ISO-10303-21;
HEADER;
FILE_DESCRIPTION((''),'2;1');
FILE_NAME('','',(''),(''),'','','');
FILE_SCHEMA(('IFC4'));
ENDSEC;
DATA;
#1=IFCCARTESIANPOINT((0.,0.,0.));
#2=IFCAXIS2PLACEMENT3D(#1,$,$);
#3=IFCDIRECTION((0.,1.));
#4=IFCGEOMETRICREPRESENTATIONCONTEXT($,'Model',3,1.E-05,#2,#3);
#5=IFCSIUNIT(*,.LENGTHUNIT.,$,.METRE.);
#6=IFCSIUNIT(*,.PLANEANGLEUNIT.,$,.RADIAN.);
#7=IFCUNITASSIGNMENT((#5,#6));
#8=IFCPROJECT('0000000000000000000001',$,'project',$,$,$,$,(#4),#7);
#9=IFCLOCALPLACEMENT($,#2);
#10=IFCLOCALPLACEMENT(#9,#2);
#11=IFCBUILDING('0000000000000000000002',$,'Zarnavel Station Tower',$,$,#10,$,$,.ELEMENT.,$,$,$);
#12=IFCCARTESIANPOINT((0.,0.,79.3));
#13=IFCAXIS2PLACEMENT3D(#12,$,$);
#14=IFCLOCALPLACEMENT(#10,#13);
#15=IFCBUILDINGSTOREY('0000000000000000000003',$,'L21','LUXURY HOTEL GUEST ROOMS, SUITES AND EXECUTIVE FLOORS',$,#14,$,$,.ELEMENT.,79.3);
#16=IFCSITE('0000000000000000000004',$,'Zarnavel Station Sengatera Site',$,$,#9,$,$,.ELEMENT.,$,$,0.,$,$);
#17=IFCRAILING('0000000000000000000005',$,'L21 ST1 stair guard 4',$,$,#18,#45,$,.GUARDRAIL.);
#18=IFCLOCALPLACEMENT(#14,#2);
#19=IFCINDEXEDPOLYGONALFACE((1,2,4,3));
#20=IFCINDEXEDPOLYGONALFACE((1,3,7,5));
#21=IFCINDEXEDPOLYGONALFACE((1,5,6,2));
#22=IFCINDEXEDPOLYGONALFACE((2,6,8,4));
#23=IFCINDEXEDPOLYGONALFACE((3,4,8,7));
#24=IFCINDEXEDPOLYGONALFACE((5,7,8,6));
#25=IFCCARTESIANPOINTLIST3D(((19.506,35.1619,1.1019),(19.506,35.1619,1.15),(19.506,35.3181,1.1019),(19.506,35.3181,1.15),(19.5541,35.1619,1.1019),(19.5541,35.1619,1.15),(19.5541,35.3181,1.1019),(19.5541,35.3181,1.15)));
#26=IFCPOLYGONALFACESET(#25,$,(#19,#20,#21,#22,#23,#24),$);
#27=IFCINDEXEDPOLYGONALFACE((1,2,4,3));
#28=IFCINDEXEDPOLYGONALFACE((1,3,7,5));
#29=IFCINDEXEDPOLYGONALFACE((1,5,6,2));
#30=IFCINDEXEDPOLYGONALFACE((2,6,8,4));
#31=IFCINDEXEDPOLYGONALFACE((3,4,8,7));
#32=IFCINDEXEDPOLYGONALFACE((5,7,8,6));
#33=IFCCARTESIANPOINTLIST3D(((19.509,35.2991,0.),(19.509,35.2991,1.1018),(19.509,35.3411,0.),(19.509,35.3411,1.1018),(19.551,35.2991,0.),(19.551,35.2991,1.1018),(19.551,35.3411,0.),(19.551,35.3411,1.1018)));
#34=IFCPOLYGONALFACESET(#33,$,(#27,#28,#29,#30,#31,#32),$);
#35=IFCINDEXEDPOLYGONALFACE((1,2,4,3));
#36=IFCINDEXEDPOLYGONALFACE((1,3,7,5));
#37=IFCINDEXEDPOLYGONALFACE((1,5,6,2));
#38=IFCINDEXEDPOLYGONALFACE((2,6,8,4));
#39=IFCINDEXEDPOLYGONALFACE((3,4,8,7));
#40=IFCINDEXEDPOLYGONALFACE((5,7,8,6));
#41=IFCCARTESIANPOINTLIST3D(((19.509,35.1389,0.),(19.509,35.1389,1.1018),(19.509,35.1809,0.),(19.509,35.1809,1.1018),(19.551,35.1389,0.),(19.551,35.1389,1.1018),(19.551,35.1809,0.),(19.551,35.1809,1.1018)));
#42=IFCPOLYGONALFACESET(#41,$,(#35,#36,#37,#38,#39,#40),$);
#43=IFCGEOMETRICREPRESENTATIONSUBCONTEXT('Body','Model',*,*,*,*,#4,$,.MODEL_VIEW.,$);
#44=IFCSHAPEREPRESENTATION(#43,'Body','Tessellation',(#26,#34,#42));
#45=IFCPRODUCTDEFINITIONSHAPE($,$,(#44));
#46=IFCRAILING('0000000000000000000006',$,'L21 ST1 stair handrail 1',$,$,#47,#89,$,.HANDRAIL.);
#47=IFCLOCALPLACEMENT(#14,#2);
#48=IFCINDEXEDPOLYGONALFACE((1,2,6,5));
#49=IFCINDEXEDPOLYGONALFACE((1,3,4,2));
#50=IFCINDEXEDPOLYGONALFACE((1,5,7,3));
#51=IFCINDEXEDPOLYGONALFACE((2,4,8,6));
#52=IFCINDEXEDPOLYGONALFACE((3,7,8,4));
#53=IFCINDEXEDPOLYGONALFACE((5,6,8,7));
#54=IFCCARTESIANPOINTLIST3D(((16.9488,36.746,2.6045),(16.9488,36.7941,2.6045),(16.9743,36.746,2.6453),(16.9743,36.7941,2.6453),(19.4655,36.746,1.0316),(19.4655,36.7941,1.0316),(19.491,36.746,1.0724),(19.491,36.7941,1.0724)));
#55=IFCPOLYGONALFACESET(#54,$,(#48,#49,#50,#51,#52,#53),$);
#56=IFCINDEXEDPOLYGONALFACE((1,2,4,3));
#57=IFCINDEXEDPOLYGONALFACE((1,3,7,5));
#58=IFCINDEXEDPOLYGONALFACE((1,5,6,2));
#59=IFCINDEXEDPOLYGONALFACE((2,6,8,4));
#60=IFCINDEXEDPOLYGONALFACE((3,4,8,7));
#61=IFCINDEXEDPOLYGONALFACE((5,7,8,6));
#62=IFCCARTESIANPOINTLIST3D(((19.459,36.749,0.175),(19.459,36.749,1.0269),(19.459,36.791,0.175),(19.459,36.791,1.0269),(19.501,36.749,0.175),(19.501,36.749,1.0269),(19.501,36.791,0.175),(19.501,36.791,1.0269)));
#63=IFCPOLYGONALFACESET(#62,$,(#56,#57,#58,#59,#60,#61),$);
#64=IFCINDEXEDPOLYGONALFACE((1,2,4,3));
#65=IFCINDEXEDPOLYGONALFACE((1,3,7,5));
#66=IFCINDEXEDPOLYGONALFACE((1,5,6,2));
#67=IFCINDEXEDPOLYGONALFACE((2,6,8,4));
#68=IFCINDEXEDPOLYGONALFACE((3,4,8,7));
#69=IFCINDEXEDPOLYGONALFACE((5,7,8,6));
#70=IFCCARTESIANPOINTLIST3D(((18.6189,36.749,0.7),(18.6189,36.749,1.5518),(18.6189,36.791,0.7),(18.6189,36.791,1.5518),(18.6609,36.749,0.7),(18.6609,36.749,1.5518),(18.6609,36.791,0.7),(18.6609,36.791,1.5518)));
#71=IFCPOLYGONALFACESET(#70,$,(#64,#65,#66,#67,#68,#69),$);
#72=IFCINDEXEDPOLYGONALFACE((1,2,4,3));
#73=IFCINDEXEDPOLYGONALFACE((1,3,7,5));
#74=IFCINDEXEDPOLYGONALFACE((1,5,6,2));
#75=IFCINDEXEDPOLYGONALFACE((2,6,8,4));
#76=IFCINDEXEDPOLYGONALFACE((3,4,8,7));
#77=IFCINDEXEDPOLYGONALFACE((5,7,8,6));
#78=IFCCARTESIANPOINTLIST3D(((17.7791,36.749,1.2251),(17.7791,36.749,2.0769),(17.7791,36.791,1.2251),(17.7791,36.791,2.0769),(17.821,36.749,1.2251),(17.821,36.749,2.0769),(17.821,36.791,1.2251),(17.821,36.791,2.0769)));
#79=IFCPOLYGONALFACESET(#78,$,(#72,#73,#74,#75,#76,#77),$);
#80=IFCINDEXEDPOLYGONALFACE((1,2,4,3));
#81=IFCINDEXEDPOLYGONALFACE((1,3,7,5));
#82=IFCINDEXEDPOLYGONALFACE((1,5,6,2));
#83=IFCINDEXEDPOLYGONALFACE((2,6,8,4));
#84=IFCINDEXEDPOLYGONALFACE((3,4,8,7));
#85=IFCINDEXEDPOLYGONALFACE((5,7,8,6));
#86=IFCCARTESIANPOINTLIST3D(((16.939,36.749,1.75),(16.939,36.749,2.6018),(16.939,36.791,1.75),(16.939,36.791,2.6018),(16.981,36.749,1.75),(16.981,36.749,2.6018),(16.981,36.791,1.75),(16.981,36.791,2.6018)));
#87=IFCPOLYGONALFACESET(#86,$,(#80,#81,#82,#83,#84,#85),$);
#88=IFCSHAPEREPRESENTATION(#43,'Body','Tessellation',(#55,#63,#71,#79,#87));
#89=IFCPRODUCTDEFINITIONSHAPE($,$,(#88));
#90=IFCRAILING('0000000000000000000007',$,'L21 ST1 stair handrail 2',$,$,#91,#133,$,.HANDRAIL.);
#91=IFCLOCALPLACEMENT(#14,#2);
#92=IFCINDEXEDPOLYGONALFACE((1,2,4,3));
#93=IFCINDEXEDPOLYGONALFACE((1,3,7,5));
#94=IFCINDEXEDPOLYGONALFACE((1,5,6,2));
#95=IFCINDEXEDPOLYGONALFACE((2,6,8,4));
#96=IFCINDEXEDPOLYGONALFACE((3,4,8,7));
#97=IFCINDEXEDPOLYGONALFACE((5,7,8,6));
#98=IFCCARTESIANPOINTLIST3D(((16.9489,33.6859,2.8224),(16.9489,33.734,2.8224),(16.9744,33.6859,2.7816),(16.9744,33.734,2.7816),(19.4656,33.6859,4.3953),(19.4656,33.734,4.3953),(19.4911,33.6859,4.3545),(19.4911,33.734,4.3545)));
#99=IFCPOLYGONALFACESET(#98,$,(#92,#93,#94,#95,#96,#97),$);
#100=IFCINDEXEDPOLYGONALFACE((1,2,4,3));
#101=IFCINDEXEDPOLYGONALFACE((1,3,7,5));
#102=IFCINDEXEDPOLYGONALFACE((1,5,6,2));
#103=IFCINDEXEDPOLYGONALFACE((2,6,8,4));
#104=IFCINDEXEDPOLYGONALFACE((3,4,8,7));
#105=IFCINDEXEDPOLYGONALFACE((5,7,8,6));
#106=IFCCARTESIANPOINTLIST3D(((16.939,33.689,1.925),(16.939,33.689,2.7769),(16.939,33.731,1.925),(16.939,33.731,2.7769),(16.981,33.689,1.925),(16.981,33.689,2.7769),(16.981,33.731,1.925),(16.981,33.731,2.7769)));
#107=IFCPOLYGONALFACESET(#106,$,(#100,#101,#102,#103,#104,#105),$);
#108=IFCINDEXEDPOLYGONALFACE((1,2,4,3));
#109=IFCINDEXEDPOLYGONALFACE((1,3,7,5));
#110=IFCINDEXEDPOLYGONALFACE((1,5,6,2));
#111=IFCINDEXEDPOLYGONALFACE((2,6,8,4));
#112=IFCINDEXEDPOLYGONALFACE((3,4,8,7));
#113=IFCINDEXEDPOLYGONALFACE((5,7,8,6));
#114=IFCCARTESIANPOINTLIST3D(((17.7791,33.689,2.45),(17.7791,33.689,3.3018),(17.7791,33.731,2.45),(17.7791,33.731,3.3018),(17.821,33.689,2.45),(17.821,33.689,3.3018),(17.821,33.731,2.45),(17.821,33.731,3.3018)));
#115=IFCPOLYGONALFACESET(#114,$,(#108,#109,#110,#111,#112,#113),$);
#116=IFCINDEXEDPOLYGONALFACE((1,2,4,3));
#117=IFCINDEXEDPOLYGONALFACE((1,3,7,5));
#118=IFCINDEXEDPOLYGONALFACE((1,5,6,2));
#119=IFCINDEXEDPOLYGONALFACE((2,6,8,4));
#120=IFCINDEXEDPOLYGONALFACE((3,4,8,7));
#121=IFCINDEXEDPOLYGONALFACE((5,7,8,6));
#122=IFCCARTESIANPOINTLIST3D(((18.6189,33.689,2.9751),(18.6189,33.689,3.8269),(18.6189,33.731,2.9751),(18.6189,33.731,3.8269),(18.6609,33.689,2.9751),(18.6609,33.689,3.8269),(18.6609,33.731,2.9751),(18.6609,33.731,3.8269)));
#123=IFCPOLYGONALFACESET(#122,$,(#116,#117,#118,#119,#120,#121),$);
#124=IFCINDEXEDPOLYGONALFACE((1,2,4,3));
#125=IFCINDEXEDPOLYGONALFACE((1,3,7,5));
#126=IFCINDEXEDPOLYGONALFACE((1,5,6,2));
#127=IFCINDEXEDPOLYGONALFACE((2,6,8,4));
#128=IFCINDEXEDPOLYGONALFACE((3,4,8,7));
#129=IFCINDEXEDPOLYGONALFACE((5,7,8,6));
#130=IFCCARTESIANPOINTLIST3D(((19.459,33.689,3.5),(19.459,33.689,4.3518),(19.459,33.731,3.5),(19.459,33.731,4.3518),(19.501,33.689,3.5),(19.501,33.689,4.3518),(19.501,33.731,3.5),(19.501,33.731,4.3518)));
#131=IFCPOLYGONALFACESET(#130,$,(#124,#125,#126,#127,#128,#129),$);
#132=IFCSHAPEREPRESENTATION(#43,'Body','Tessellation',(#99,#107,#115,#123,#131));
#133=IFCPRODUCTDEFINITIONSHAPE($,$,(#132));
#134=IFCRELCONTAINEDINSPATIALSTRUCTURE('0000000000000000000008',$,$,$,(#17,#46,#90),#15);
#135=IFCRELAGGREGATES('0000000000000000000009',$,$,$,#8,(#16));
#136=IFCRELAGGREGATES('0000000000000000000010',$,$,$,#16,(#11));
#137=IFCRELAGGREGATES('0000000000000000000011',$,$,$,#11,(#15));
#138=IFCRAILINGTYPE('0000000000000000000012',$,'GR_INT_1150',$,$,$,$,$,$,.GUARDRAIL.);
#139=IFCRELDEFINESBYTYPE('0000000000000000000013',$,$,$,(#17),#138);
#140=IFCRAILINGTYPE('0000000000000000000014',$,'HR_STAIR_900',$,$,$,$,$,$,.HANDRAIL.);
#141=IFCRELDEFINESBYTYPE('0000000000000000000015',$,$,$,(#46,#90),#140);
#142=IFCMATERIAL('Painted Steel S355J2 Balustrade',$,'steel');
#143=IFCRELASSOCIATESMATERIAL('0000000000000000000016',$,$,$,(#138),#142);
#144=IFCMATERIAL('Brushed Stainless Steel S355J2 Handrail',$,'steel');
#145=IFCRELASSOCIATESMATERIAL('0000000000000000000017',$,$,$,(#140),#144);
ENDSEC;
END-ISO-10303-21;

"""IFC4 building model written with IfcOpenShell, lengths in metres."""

from ifc_helpers import new_model, si_unit, direction, frame, origin, origin_2d, place, context, subcontext, project, spatial, rectangle, extrude, material, type_object, element, save


model = new_model("IFC4")

# Units and contexts
model_context = context("Model", 3, precision=1e-05, world=origin(), true_north=direction((0.0, 1.0)))
body_context = subcontext(model_context, "Body", "Model", "MODEL_VIEW")
ifc_project = project(units=[si_unit("LENGTHUNIT", "METRE"), si_unit("PLANEANGLEUNIT", "RADIAN")], contexts=[model_context])

# Site, building, storey
site_placement = place(None, origin())
site = spatial("IfcSite", under=ifc_project, at=site_placement, Name="Zarnavel Station Sengatera Site", CompositionType="ELEMENT", RefElevation=0.0)
building_placement = place(site_placement, origin())
building = spatial("IfcBuilding", under=site, at=building_placement, Name="Zarnavel Station Tower", CompositionType="ELEMENT")
storey_placement = place(building_placement, frame((0.0, 0.0, 79.3)))
storey = spatial("IfcBuildingStorey", under=building, at=storey_placement, Name="L21", Description="LUXURY HOTEL GUEST ROOMS, SUITES AND EXECUTIVE FLOORS", CompositionType="ELEMENT", Elevation=79.3)

# Railings
ifc_material_1 = material(Name="Painted Steel S355J2 Balustrade", Category="steel")
railing_type_1 = type_object("IfcRailingType", Name="GR_INT_1150", PredefinedType="GUARDRAIL", material=ifc_material_1)
railing_1_placement = place(storey_placement, frame((19.53, 35.3201, 0.0)))
element("IfcRailing", 1, at=railing_1_placement, inside=storey, type_object=railing_type_1, Name="L21 ST1 stair guard 4", PredefinedType="GUARDRAIL", context=body_context, shape_type="SweptSolid", body=[
    extrude(rectangle(XDim=0.0481, YDim=0.0481, at=origin_2d()), frame((0.0, -0.002, 1.126), z_axis=(0.0, -1.0, 0.0), x_axis=(1.0, 0.0, 0.0)), (0.0, 0.0, 1.0), 0.1562),
    extrude(rectangle(XDim=0.042, YDim=0.042, at=origin_2d()), origin(), (0.0, 0.0, 1.0), 1.1018),
    extrude(rectangle(XDim=0.042, YDim=0.042, at=origin_2d()), frame((0.0, -0.1602, 0.0)), (0.0, 0.0, 1.0), 1.1018),
])
ifc_material_2 = material(Name="Brushed Stainless Steel S355J2 Handrail", Category="steel")
railing_type_2 = type_object("IfcRailingType", Name="HR_STAIR_900", PredefinedType="HANDRAIL", material=ifc_material_2)
railing_2_placement = place(storey_placement, frame((19.48, 36.77, 0.175)))
element("IfcRailing", 2, at=railing_2_placement, inside=storey, type_object=railing_type_2, Name="L21 ST1 stair handrail 1", PredefinedType="HANDRAIL", context=body_context, shape_type="SweptSolid", body=[
    extrude(rectangle(XDim=0.0481, YDim=0.0481, at=origin_2d()), frame((-0.0017, 0.0, 0.877), z_axis=(-0.848008, 0.0, 0.529984), x_axis=(0.0, -1.0, 0.0)), (0.0, 0.0, 1.0), 2.9678),
    extrude(rectangle(XDim=0.042, YDim=0.042, at=origin_2d()), origin(), (0.0, 0.0, 1.0), 0.8518),
    extrude(rectangle(XDim=0.042, YDim=0.042, at=origin_2d()), frame((-0.8401, 0.0, 0.5249)), (0.0, 0.0, 1.0), 0.8518),
    extrude(rectangle(XDim=0.042, YDim=0.042, at=origin_2d()), frame((-1.6799, 0.0, 1.05)), (0.0, 0.0, 1.0), 0.8518),
    extrude(rectangle(XDim=0.042, YDim=0.042, at=origin_2d()), frame((-2.52, 0.0, 1.575)), (0.0, 0.0, 1.0), 0.8518),
])
railing_3_placement = place(storey_placement, frame((16.96, 33.71, 1.925)))
element("IfcRailing", 3, at=railing_3_placement, inside=storey, type_object=railing_type_2, Name="L21 ST1 stair handrail 2", PredefinedType="HANDRAIL", context=body_context, shape_type="SweptSolid", body=[
    extrude(rectangle(XDim=0.0481, YDim=0.0481, at=origin_2d()), frame((0.0017, 0.0, 0.877), z_axis=(0.848008, 0.0, 0.529984), x_axis=(0.0, 1.0, 0.0)), (0.0, 0.0, 1.0), 2.9678),
    extrude(rectangle(XDim=0.042, YDim=0.042, at=origin_2d()), origin(), (0.0, 0.0, 1.0), 0.8518),
    extrude(rectangle(XDim=0.042, YDim=0.042, at=origin_2d()), frame((0.8401, 0.0, 0.5249)), (0.0, 0.0, 1.0), 0.8518),
    extrude(rectangle(XDim=0.042, YDim=0.042, at=origin_2d()), frame((1.6799, 0.0, 1.05)), (0.0, 0.0, 1.0), 0.8518),
    extrude(rectangle(XDim=0.042, YDim=0.042, at=origin_2d()), frame((2.52, 0.0, 1.575)), (0.0, 0.0, 1.0), 0.8518),
])

save(model, "model.ifc")
